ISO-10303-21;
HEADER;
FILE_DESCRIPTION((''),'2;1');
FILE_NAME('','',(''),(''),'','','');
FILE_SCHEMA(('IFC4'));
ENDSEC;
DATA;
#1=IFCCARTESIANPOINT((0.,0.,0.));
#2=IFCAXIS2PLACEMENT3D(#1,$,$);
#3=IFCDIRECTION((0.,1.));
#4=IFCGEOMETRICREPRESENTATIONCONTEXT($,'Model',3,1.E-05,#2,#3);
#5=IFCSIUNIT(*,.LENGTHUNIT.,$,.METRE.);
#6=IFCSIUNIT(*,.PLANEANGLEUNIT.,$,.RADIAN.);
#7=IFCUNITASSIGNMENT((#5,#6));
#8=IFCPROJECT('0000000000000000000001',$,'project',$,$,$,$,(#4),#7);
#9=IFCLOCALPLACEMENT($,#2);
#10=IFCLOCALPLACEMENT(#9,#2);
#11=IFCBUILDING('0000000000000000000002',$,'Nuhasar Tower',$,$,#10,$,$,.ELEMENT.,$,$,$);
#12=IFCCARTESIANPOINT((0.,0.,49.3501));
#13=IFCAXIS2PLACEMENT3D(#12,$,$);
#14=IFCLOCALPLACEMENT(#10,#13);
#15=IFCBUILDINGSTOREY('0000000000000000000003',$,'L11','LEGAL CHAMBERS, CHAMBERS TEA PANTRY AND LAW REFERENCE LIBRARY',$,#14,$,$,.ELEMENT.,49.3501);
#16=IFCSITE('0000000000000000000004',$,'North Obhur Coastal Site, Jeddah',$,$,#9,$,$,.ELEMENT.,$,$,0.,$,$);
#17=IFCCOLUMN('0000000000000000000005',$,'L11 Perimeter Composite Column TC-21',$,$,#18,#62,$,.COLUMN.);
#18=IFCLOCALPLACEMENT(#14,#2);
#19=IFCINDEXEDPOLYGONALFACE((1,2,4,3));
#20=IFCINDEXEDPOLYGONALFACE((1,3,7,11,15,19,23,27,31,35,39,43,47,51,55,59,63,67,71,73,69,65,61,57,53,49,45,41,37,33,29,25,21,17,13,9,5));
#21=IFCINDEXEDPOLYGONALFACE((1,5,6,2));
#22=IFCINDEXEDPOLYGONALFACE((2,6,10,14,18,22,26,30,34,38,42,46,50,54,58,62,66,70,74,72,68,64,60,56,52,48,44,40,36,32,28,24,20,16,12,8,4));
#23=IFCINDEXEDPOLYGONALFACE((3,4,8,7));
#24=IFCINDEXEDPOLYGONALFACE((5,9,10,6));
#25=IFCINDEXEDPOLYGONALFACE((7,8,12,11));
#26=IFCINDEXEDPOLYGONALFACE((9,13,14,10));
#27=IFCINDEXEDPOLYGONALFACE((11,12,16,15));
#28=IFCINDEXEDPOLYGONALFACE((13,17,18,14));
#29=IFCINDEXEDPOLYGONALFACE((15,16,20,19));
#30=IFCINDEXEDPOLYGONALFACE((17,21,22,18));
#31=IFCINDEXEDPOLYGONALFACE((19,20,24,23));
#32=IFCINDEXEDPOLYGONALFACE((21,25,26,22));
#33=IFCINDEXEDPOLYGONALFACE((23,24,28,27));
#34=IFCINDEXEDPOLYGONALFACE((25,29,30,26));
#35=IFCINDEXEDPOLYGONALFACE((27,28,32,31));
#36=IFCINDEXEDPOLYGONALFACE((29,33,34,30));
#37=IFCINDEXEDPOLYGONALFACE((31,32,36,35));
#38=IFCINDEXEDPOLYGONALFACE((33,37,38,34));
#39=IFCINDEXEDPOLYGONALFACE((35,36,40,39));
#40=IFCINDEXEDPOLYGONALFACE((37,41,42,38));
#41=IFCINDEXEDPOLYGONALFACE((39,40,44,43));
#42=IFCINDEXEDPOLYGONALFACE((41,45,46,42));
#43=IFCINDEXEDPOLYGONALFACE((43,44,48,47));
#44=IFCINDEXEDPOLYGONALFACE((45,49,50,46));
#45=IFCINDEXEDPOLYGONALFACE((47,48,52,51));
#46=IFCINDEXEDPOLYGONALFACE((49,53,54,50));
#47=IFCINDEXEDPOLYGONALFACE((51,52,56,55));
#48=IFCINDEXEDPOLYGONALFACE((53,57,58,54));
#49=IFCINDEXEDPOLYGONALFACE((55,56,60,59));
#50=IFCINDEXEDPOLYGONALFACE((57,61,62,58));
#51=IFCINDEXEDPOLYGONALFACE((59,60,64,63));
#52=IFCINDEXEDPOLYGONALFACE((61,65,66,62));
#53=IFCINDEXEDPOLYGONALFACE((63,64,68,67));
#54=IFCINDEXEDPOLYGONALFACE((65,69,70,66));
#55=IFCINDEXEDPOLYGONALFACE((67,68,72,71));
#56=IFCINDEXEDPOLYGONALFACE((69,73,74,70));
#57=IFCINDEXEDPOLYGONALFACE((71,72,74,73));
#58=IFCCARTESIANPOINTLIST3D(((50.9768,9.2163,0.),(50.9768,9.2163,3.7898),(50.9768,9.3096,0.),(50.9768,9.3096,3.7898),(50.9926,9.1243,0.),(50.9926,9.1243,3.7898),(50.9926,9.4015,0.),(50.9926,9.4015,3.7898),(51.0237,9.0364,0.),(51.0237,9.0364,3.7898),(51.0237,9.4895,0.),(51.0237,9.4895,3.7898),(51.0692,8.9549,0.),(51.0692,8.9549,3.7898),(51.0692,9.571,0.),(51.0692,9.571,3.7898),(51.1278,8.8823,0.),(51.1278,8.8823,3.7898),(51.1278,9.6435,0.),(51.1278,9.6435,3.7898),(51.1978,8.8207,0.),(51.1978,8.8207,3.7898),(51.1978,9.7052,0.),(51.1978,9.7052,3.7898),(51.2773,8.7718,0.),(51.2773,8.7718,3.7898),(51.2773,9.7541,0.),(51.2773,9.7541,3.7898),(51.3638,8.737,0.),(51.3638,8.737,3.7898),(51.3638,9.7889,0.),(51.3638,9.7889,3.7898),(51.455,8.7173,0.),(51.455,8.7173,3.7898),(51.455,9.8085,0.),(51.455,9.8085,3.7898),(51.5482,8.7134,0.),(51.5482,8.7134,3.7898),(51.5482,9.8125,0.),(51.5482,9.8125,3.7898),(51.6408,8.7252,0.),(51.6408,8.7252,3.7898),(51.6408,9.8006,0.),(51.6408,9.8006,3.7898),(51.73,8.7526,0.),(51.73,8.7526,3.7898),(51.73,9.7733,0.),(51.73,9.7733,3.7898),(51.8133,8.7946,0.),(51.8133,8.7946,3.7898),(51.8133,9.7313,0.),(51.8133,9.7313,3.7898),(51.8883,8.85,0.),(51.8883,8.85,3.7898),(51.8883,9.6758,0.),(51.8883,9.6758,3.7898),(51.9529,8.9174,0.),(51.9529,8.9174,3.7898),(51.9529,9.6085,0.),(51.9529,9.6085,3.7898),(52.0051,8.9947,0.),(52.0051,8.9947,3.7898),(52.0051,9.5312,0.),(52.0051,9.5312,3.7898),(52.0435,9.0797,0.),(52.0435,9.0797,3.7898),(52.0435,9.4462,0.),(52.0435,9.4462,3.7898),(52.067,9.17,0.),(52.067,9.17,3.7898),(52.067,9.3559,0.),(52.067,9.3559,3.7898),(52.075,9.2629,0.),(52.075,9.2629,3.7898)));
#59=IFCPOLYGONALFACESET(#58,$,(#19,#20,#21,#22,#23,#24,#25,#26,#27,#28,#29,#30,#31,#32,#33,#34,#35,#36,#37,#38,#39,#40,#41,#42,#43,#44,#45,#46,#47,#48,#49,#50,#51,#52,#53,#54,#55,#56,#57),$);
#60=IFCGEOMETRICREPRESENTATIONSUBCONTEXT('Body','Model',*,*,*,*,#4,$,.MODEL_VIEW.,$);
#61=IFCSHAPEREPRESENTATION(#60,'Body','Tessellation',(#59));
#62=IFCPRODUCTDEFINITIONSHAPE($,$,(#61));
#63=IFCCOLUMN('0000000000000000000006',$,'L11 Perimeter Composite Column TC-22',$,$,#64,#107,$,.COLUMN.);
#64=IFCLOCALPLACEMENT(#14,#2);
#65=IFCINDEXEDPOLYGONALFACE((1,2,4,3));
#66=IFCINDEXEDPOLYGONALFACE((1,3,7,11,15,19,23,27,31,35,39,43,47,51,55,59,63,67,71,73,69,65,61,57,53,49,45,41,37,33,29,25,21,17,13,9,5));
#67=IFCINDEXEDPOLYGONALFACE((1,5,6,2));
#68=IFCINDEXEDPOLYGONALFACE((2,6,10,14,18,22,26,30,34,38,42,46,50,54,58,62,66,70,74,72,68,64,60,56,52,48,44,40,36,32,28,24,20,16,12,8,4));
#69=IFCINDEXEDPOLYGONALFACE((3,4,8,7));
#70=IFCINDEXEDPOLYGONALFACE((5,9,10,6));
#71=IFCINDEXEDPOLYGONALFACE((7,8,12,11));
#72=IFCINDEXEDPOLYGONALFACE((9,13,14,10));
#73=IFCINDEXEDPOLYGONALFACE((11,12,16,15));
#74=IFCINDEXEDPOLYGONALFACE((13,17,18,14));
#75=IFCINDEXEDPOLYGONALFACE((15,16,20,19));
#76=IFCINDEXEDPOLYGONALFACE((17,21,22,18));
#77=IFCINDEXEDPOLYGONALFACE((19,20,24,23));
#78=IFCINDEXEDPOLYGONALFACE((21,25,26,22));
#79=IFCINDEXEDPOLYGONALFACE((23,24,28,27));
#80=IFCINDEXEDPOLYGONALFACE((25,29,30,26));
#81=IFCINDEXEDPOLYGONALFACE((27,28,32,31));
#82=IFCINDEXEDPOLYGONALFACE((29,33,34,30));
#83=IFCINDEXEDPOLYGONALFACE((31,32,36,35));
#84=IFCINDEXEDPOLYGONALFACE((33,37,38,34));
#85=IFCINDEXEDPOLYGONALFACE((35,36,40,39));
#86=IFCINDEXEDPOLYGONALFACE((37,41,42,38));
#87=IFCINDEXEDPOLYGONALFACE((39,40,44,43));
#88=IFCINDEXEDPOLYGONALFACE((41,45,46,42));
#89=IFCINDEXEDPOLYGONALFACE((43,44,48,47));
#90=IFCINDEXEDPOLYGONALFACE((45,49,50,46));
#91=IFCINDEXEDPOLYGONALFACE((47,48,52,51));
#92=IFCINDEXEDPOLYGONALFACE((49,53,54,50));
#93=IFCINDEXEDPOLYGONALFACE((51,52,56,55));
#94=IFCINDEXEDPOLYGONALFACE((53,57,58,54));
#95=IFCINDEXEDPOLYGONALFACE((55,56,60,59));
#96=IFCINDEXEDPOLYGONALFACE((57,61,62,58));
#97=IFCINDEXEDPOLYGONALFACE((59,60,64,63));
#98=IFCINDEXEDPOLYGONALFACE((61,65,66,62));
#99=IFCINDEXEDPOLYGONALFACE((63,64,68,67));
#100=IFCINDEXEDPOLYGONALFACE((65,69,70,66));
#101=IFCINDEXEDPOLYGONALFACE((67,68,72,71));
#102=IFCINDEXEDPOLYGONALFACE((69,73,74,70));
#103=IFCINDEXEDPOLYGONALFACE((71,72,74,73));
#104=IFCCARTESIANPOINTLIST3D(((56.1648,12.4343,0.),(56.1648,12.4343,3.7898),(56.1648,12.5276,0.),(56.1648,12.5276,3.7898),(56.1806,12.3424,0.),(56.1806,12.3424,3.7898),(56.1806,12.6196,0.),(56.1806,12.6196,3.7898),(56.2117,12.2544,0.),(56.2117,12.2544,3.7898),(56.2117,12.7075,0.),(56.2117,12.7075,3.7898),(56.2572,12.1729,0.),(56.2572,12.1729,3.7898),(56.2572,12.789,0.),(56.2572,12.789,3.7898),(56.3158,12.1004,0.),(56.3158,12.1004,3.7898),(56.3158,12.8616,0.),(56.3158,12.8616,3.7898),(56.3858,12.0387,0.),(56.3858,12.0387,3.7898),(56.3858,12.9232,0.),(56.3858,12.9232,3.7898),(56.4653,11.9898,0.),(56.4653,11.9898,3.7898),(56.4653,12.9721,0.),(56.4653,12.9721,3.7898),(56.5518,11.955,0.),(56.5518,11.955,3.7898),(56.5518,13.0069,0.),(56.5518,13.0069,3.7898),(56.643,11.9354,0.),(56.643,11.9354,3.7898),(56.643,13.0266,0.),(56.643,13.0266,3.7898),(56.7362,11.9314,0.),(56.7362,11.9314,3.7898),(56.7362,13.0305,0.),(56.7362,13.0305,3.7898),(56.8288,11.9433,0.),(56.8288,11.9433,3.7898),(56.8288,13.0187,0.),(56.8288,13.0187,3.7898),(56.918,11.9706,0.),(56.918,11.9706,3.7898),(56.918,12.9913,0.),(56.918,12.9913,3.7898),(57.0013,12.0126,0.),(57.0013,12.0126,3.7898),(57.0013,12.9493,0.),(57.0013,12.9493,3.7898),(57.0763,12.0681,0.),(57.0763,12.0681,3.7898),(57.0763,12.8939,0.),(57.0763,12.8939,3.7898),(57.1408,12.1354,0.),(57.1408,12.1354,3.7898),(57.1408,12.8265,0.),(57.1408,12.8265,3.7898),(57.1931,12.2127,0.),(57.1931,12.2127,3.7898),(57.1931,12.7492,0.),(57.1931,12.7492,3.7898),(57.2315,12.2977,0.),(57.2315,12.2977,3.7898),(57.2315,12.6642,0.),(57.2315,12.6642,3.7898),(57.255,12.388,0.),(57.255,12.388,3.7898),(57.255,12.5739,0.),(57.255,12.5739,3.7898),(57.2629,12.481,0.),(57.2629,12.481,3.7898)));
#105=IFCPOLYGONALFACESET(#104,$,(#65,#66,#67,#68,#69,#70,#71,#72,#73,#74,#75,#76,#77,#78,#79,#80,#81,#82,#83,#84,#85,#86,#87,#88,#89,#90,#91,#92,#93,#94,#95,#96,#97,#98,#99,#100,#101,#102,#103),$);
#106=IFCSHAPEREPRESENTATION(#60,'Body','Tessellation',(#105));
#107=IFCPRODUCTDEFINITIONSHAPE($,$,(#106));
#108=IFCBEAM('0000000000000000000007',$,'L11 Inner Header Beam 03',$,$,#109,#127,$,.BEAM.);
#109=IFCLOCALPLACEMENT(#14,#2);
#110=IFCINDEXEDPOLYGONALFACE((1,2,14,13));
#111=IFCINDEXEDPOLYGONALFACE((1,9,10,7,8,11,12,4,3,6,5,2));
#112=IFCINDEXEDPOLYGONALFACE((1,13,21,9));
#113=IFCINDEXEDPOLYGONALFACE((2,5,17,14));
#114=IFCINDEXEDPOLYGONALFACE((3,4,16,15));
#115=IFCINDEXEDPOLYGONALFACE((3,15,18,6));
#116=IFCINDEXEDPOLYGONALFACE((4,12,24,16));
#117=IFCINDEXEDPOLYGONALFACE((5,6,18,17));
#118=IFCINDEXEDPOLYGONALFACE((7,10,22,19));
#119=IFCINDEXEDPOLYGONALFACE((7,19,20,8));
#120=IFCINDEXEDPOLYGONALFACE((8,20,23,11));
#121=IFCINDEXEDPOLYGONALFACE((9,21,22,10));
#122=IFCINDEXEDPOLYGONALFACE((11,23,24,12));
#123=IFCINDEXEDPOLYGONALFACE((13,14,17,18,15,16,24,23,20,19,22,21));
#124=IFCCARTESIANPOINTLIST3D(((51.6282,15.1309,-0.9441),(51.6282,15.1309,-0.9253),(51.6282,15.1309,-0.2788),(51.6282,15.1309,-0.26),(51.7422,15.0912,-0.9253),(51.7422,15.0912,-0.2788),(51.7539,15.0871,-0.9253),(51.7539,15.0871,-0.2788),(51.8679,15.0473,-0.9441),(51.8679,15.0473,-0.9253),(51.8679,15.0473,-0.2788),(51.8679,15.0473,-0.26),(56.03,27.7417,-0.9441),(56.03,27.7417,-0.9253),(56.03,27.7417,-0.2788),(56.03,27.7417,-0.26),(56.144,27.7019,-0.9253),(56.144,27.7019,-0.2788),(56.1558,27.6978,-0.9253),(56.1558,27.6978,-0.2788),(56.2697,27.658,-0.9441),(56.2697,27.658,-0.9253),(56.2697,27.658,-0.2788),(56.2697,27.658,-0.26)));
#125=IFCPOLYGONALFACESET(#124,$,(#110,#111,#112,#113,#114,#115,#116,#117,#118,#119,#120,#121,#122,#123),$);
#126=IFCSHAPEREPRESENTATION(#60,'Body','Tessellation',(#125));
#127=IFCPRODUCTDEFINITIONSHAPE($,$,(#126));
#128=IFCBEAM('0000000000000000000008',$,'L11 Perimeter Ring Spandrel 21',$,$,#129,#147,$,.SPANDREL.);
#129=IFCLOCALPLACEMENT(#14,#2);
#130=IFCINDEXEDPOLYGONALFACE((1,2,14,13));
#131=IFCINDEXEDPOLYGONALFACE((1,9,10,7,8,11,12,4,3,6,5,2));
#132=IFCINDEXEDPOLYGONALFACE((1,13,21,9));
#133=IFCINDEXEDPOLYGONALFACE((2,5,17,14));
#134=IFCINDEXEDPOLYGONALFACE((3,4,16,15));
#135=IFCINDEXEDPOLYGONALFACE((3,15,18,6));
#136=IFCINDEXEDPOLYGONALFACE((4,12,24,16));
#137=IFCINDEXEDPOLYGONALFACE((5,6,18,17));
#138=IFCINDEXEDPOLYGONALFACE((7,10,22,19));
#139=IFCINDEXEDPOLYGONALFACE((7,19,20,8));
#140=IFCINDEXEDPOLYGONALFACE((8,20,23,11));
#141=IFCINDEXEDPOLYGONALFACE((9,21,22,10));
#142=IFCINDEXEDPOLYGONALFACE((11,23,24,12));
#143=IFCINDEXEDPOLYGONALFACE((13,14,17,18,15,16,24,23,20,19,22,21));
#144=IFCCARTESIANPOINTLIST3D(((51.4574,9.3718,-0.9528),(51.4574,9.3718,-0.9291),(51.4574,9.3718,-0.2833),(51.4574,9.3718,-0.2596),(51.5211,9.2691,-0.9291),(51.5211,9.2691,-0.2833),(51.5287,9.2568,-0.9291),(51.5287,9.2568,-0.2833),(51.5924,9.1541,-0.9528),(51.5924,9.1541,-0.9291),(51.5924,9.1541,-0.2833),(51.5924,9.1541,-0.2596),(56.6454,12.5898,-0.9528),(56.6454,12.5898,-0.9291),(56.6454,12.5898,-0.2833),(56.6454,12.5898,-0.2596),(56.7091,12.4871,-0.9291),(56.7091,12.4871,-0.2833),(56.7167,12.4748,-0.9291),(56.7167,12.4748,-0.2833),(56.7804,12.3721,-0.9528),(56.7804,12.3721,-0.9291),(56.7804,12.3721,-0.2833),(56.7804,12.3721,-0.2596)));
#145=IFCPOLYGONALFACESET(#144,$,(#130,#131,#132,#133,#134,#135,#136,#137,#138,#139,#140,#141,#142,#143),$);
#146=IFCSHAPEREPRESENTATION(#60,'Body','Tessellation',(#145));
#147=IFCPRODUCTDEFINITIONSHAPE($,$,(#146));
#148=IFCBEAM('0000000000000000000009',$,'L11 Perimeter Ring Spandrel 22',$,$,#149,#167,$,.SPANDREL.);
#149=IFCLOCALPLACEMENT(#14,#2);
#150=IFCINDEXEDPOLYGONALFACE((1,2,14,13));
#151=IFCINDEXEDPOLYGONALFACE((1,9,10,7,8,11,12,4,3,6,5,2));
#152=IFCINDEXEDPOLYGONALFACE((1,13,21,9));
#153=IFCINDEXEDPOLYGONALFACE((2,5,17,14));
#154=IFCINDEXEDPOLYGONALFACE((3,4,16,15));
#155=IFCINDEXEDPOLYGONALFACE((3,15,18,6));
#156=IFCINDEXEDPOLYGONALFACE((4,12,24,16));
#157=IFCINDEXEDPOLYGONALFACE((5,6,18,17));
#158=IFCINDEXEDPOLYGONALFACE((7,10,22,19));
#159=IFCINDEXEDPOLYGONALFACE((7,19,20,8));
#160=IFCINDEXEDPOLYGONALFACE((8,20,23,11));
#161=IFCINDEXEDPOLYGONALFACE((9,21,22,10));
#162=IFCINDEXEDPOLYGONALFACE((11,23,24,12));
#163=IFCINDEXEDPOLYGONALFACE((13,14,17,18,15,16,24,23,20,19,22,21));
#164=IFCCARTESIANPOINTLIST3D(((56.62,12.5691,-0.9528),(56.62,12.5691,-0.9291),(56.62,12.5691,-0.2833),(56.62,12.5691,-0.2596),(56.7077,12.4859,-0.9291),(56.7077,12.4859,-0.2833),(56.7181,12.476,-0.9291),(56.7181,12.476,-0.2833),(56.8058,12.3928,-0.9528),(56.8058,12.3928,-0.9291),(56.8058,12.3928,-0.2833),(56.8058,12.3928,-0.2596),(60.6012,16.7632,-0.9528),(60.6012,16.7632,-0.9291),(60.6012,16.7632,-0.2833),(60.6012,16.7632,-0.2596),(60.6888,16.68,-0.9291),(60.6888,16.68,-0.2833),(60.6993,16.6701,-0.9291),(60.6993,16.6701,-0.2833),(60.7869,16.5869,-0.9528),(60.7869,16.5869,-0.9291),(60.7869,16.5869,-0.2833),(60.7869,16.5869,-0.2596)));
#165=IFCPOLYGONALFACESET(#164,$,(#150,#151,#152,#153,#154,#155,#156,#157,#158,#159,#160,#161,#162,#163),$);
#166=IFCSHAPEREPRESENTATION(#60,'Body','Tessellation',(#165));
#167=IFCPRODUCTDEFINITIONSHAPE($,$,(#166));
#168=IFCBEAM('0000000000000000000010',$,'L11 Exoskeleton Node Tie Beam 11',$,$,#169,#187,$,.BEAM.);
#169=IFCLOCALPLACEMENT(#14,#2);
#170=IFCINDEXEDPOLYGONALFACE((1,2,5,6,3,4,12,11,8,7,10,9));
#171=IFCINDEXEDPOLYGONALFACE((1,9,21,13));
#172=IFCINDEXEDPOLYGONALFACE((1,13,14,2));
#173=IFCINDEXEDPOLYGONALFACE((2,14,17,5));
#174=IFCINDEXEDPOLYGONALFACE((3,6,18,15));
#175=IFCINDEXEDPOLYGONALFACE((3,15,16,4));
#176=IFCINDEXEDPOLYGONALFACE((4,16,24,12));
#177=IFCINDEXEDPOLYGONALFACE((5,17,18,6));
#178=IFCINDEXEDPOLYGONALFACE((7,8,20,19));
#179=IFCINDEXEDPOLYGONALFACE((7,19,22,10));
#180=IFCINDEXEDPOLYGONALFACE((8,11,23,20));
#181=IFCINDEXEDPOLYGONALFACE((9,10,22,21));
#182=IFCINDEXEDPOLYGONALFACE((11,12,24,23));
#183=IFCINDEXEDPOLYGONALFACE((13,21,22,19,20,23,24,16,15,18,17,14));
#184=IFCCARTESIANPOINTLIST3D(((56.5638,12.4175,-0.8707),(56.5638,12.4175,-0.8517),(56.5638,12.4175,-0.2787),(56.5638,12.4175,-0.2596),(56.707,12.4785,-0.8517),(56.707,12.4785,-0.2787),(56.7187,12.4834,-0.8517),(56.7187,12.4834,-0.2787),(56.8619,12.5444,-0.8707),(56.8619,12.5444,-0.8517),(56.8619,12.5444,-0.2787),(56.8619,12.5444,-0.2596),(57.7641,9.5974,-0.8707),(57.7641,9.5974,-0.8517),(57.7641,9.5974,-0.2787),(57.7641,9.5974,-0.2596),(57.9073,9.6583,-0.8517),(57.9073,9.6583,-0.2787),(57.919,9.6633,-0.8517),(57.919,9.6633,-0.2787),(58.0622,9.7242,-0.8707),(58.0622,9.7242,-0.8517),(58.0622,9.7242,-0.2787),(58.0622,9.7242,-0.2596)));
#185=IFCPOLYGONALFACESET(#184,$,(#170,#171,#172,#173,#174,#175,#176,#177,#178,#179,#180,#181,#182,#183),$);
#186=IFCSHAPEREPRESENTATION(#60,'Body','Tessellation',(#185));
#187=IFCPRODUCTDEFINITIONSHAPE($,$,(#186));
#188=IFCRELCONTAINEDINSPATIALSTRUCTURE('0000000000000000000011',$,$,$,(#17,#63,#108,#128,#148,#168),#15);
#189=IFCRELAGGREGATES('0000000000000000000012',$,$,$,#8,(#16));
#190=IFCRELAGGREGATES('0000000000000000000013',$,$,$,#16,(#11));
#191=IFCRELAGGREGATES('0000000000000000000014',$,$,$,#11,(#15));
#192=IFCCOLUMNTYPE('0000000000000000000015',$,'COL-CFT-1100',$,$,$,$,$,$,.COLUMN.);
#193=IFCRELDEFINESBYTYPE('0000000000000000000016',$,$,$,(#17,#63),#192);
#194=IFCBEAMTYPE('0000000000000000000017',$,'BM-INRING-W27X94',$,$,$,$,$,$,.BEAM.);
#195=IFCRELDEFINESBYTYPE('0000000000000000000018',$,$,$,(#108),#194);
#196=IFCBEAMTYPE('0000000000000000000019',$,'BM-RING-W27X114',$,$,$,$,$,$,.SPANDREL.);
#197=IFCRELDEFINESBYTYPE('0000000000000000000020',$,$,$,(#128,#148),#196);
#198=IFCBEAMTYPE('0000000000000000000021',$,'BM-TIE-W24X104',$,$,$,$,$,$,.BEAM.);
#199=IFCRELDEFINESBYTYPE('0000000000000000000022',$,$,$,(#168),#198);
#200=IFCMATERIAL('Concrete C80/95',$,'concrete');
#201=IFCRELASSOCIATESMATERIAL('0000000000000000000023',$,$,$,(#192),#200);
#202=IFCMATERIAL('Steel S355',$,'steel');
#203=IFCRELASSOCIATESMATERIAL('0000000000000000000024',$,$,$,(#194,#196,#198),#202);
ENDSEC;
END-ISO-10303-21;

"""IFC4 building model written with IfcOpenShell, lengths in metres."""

from ifc_helpers import new_model, si_unit, direction, frame, origin, origin_2d, place, context, subcontext, project, spatial, circle, i_section, extrude, material, material_profile, profile_set, type_object, element, save


model = new_model("IFC4")

# Units and contexts
model_context = context("Model", 3, precision=1e-05, world=origin(), true_north=direction((0.0, 1.0)))
body_context = subcontext(model_context, "Body", "Model", "MODEL_VIEW")
ifc_project = project(units=[si_unit("LENGTHUNIT", "METRE"), si_unit("PLANEANGLEUNIT", "RADIAN")], contexts=[model_context])

# Site, building, storey
site_placement = place(None, origin())
site = spatial("IfcSite", under=ifc_project, at=site_placement, Name="North Obhur Coastal Site, Jeddah", CompositionType="ELEMENT", RefElevation=0.0)
building_placement = place(site_placement, origin())
building = spatial("IfcBuilding", under=site, at=building_placement, Name="Nuhasar Tower", CompositionType="ELEMENT")
storey_placement = place(building_placement, frame((0.0, 0.0, 49.3501)))
storey = spatial("IfcBuildingStorey", under=building, at=storey_placement, Name="L11", Description="LEGAL CHAMBERS, CHAMBERS TEA PANTRY AND LAW REFERENCE LIBRARY", CompositionType="ELEMENT", Elevation=49.3501)

# Columns
ifc_material_1 = material(Name="Concrete C80/95", Category="concrete")
ifc_material_profile_1 = material_profile(ifc_material_1, circle(Radius=0.55, at=origin_2d()), Name="CFT1100")
ifc_profile_set_1 = profile_set([ifc_material_profile_1], Name="Concrete C80/95")
column_type = type_object("IfcColumnType", Name="COL-CFT-1100", PredefinedType="COLUMN", material=ifc_profile_set_1)
for number, where, z_axis, x_axis, name in (
    (1, (51.5249, 9.2629, 0.0), (0.0, 0.0, 1.0), (1.0, 0.0, 0.0), "L11 Perimeter Composite Column TC-21"),
    (2, (56.7129, 12.481, 0.0), (0.0, 0.0, 1.0), (1.0, 0.0, 0.0), "L11 Perimeter Composite Column TC-22"),
):
    element("IfcColumn", number, at=place(storey_placement, frame(where, z_axis=z_axis, x_axis=x_axis)), inside=storey, type_object=column_type, Name=name, PredefinedType="COLUMN", context=body_context, shape_type="SweptSolid", body=[
        extrude(circle(Radius=0.55, at=origin_2d()), origin(), (0.0, 0.0, 1.0), 3.7898),
    ])

# Beams
ifc_material_2 = material(Name="Steel S355", Category="steel")
ifc_material_profile_2 = material_profile(ifc_material_2, i_section(OverallWidth=0.2539, OverallDepth=0.6841, WebThickness=0.0125, FlangeThickness=0.0188, at=origin_2d()), Name="W27X94")
ifc_profile_set_2 = profile_set([ifc_material_profile_2], Name="Steel S355")
beam_type_1 = type_object("IfcBeamType", Name="BM-INRING-W27X94", PredefinedType="BEAM", material=ifc_profile_set_2)
beam_1_placement = place(storey_placement, frame((51.748, 15.0891, -0.6021), z_axis=(0.329554, 0.944137, 0.0), x_axis=(-0.944137, 0.329554, 0.0)))
element("IfcBeam", 3, at=beam_1_placement, inside=storey, type_object=beam_type_1, Name="L11 Inner Header Beam 03", PredefinedType="BEAM", context=body_context, shape_type="SweptSolid", body=[
    extrude(i_section(OverallWidth=0.2539, OverallDepth=0.6841, WebThickness=0.0125, FlangeThickness=0.0188, at=origin_2d()), origin(), (0.0, 0.0, 1.0), 13.3569),
])
ifc_material_profile_3 = material_profile(ifc_material_2, i_section(OverallWidth=0.2561, OverallDepth=0.6931, WebThickness=0.0144, FlangeThickness=0.0237, at=origin_2d()), Name="W27X114")
ifc_profile_set_3 = profile_set([ifc_material_profile_3], Name="Steel S355")
beam_type_2 = type_object("IfcBeamType", Name="BM-RING-W27X114", PredefinedType="SPANDREL", material=ifc_profile_set_3)
beam_2_placement = place(storey_placement, frame((51.5249, 9.2629, -0.6062), z_axis=(0.849795, 0.527113, 0.0), x_axis=(-0.527113, 0.849795, 0.0)))
element("IfcBeam", 4, at=beam_2_placement, inside=storey, type_object=beam_type_2, Name="L11 Perimeter Ring Spandrel 21", PredefinedType="SPANDREL", context=body_context, shape_type="SweptSolid", body=[
    extrude(i_section(OverallWidth=0.2561, OverallDepth=0.6931, WebThickness=0.0144, FlangeThickness=0.0237, at=origin_2d()), origin(), (0.0, 0.0, 1.0), 6.105),
])
beam_3_placement = place(storey_placement, frame((56.7129, 12.481, -0.6062), z_axis=(0.68846, 0.725274, 0.0), x_axis=(-0.725274, 0.68846, 0.0)))
element("IfcBeam", 5, at=beam_3_placement, inside=storey, type_object=beam_type_2, Name="L11 Perimeter Ring Spandrel 22", PredefinedType="SPANDREL", context=body_context, shape_type="SweptSolid", body=[
    extrude(i_section(OverallWidth=0.2561, OverallDepth=0.6931, WebThickness=0.0144, FlangeThickness=0.0237, at=origin_2d()), origin(), (0.0, 0.0, 1.0), 5.7827),
])
ifc_material_profile_4 = material_profile(ifc_material_2, i_section(OverallWidth=0.324, OverallDepth=0.6111, WebThickness=0.0127, FlangeThickness=0.019, at=origin_2d()), Name="W24X104")
ifc_profile_set_4 = profile_set([ifc_material_profile_4], Name="Steel S355")
beam_type_3 = type_object("IfcBeamType", Name="BM-TIE-W24X104", PredefinedType="BEAM", material=ifc_profile_set_4)
beam_4_placement = place(storey_placement, frame((56.7129, 12.481, -0.5652), z_axis=(0.391601, -0.920135, 0.0), x_axis=(0.920135, 0.391601, 0.0)))
element("IfcBeam", 6, at=beam_4_placement, inside=storey, type_object=beam_type_3, Name="L11 Exoskeleton Node Tie Beam 11", PredefinedType="BEAM", context=body_context, shape_type="SweptSolid", body=[
    extrude(i_section(OverallWidth=0.324, OverallDepth=0.6111, WebThickness=0.0127, FlangeThickness=0.019, at=origin_2d()), origin(), (0.0, 0.0, 1.0), 3.0649),
])

save(model, "model.ifc")
